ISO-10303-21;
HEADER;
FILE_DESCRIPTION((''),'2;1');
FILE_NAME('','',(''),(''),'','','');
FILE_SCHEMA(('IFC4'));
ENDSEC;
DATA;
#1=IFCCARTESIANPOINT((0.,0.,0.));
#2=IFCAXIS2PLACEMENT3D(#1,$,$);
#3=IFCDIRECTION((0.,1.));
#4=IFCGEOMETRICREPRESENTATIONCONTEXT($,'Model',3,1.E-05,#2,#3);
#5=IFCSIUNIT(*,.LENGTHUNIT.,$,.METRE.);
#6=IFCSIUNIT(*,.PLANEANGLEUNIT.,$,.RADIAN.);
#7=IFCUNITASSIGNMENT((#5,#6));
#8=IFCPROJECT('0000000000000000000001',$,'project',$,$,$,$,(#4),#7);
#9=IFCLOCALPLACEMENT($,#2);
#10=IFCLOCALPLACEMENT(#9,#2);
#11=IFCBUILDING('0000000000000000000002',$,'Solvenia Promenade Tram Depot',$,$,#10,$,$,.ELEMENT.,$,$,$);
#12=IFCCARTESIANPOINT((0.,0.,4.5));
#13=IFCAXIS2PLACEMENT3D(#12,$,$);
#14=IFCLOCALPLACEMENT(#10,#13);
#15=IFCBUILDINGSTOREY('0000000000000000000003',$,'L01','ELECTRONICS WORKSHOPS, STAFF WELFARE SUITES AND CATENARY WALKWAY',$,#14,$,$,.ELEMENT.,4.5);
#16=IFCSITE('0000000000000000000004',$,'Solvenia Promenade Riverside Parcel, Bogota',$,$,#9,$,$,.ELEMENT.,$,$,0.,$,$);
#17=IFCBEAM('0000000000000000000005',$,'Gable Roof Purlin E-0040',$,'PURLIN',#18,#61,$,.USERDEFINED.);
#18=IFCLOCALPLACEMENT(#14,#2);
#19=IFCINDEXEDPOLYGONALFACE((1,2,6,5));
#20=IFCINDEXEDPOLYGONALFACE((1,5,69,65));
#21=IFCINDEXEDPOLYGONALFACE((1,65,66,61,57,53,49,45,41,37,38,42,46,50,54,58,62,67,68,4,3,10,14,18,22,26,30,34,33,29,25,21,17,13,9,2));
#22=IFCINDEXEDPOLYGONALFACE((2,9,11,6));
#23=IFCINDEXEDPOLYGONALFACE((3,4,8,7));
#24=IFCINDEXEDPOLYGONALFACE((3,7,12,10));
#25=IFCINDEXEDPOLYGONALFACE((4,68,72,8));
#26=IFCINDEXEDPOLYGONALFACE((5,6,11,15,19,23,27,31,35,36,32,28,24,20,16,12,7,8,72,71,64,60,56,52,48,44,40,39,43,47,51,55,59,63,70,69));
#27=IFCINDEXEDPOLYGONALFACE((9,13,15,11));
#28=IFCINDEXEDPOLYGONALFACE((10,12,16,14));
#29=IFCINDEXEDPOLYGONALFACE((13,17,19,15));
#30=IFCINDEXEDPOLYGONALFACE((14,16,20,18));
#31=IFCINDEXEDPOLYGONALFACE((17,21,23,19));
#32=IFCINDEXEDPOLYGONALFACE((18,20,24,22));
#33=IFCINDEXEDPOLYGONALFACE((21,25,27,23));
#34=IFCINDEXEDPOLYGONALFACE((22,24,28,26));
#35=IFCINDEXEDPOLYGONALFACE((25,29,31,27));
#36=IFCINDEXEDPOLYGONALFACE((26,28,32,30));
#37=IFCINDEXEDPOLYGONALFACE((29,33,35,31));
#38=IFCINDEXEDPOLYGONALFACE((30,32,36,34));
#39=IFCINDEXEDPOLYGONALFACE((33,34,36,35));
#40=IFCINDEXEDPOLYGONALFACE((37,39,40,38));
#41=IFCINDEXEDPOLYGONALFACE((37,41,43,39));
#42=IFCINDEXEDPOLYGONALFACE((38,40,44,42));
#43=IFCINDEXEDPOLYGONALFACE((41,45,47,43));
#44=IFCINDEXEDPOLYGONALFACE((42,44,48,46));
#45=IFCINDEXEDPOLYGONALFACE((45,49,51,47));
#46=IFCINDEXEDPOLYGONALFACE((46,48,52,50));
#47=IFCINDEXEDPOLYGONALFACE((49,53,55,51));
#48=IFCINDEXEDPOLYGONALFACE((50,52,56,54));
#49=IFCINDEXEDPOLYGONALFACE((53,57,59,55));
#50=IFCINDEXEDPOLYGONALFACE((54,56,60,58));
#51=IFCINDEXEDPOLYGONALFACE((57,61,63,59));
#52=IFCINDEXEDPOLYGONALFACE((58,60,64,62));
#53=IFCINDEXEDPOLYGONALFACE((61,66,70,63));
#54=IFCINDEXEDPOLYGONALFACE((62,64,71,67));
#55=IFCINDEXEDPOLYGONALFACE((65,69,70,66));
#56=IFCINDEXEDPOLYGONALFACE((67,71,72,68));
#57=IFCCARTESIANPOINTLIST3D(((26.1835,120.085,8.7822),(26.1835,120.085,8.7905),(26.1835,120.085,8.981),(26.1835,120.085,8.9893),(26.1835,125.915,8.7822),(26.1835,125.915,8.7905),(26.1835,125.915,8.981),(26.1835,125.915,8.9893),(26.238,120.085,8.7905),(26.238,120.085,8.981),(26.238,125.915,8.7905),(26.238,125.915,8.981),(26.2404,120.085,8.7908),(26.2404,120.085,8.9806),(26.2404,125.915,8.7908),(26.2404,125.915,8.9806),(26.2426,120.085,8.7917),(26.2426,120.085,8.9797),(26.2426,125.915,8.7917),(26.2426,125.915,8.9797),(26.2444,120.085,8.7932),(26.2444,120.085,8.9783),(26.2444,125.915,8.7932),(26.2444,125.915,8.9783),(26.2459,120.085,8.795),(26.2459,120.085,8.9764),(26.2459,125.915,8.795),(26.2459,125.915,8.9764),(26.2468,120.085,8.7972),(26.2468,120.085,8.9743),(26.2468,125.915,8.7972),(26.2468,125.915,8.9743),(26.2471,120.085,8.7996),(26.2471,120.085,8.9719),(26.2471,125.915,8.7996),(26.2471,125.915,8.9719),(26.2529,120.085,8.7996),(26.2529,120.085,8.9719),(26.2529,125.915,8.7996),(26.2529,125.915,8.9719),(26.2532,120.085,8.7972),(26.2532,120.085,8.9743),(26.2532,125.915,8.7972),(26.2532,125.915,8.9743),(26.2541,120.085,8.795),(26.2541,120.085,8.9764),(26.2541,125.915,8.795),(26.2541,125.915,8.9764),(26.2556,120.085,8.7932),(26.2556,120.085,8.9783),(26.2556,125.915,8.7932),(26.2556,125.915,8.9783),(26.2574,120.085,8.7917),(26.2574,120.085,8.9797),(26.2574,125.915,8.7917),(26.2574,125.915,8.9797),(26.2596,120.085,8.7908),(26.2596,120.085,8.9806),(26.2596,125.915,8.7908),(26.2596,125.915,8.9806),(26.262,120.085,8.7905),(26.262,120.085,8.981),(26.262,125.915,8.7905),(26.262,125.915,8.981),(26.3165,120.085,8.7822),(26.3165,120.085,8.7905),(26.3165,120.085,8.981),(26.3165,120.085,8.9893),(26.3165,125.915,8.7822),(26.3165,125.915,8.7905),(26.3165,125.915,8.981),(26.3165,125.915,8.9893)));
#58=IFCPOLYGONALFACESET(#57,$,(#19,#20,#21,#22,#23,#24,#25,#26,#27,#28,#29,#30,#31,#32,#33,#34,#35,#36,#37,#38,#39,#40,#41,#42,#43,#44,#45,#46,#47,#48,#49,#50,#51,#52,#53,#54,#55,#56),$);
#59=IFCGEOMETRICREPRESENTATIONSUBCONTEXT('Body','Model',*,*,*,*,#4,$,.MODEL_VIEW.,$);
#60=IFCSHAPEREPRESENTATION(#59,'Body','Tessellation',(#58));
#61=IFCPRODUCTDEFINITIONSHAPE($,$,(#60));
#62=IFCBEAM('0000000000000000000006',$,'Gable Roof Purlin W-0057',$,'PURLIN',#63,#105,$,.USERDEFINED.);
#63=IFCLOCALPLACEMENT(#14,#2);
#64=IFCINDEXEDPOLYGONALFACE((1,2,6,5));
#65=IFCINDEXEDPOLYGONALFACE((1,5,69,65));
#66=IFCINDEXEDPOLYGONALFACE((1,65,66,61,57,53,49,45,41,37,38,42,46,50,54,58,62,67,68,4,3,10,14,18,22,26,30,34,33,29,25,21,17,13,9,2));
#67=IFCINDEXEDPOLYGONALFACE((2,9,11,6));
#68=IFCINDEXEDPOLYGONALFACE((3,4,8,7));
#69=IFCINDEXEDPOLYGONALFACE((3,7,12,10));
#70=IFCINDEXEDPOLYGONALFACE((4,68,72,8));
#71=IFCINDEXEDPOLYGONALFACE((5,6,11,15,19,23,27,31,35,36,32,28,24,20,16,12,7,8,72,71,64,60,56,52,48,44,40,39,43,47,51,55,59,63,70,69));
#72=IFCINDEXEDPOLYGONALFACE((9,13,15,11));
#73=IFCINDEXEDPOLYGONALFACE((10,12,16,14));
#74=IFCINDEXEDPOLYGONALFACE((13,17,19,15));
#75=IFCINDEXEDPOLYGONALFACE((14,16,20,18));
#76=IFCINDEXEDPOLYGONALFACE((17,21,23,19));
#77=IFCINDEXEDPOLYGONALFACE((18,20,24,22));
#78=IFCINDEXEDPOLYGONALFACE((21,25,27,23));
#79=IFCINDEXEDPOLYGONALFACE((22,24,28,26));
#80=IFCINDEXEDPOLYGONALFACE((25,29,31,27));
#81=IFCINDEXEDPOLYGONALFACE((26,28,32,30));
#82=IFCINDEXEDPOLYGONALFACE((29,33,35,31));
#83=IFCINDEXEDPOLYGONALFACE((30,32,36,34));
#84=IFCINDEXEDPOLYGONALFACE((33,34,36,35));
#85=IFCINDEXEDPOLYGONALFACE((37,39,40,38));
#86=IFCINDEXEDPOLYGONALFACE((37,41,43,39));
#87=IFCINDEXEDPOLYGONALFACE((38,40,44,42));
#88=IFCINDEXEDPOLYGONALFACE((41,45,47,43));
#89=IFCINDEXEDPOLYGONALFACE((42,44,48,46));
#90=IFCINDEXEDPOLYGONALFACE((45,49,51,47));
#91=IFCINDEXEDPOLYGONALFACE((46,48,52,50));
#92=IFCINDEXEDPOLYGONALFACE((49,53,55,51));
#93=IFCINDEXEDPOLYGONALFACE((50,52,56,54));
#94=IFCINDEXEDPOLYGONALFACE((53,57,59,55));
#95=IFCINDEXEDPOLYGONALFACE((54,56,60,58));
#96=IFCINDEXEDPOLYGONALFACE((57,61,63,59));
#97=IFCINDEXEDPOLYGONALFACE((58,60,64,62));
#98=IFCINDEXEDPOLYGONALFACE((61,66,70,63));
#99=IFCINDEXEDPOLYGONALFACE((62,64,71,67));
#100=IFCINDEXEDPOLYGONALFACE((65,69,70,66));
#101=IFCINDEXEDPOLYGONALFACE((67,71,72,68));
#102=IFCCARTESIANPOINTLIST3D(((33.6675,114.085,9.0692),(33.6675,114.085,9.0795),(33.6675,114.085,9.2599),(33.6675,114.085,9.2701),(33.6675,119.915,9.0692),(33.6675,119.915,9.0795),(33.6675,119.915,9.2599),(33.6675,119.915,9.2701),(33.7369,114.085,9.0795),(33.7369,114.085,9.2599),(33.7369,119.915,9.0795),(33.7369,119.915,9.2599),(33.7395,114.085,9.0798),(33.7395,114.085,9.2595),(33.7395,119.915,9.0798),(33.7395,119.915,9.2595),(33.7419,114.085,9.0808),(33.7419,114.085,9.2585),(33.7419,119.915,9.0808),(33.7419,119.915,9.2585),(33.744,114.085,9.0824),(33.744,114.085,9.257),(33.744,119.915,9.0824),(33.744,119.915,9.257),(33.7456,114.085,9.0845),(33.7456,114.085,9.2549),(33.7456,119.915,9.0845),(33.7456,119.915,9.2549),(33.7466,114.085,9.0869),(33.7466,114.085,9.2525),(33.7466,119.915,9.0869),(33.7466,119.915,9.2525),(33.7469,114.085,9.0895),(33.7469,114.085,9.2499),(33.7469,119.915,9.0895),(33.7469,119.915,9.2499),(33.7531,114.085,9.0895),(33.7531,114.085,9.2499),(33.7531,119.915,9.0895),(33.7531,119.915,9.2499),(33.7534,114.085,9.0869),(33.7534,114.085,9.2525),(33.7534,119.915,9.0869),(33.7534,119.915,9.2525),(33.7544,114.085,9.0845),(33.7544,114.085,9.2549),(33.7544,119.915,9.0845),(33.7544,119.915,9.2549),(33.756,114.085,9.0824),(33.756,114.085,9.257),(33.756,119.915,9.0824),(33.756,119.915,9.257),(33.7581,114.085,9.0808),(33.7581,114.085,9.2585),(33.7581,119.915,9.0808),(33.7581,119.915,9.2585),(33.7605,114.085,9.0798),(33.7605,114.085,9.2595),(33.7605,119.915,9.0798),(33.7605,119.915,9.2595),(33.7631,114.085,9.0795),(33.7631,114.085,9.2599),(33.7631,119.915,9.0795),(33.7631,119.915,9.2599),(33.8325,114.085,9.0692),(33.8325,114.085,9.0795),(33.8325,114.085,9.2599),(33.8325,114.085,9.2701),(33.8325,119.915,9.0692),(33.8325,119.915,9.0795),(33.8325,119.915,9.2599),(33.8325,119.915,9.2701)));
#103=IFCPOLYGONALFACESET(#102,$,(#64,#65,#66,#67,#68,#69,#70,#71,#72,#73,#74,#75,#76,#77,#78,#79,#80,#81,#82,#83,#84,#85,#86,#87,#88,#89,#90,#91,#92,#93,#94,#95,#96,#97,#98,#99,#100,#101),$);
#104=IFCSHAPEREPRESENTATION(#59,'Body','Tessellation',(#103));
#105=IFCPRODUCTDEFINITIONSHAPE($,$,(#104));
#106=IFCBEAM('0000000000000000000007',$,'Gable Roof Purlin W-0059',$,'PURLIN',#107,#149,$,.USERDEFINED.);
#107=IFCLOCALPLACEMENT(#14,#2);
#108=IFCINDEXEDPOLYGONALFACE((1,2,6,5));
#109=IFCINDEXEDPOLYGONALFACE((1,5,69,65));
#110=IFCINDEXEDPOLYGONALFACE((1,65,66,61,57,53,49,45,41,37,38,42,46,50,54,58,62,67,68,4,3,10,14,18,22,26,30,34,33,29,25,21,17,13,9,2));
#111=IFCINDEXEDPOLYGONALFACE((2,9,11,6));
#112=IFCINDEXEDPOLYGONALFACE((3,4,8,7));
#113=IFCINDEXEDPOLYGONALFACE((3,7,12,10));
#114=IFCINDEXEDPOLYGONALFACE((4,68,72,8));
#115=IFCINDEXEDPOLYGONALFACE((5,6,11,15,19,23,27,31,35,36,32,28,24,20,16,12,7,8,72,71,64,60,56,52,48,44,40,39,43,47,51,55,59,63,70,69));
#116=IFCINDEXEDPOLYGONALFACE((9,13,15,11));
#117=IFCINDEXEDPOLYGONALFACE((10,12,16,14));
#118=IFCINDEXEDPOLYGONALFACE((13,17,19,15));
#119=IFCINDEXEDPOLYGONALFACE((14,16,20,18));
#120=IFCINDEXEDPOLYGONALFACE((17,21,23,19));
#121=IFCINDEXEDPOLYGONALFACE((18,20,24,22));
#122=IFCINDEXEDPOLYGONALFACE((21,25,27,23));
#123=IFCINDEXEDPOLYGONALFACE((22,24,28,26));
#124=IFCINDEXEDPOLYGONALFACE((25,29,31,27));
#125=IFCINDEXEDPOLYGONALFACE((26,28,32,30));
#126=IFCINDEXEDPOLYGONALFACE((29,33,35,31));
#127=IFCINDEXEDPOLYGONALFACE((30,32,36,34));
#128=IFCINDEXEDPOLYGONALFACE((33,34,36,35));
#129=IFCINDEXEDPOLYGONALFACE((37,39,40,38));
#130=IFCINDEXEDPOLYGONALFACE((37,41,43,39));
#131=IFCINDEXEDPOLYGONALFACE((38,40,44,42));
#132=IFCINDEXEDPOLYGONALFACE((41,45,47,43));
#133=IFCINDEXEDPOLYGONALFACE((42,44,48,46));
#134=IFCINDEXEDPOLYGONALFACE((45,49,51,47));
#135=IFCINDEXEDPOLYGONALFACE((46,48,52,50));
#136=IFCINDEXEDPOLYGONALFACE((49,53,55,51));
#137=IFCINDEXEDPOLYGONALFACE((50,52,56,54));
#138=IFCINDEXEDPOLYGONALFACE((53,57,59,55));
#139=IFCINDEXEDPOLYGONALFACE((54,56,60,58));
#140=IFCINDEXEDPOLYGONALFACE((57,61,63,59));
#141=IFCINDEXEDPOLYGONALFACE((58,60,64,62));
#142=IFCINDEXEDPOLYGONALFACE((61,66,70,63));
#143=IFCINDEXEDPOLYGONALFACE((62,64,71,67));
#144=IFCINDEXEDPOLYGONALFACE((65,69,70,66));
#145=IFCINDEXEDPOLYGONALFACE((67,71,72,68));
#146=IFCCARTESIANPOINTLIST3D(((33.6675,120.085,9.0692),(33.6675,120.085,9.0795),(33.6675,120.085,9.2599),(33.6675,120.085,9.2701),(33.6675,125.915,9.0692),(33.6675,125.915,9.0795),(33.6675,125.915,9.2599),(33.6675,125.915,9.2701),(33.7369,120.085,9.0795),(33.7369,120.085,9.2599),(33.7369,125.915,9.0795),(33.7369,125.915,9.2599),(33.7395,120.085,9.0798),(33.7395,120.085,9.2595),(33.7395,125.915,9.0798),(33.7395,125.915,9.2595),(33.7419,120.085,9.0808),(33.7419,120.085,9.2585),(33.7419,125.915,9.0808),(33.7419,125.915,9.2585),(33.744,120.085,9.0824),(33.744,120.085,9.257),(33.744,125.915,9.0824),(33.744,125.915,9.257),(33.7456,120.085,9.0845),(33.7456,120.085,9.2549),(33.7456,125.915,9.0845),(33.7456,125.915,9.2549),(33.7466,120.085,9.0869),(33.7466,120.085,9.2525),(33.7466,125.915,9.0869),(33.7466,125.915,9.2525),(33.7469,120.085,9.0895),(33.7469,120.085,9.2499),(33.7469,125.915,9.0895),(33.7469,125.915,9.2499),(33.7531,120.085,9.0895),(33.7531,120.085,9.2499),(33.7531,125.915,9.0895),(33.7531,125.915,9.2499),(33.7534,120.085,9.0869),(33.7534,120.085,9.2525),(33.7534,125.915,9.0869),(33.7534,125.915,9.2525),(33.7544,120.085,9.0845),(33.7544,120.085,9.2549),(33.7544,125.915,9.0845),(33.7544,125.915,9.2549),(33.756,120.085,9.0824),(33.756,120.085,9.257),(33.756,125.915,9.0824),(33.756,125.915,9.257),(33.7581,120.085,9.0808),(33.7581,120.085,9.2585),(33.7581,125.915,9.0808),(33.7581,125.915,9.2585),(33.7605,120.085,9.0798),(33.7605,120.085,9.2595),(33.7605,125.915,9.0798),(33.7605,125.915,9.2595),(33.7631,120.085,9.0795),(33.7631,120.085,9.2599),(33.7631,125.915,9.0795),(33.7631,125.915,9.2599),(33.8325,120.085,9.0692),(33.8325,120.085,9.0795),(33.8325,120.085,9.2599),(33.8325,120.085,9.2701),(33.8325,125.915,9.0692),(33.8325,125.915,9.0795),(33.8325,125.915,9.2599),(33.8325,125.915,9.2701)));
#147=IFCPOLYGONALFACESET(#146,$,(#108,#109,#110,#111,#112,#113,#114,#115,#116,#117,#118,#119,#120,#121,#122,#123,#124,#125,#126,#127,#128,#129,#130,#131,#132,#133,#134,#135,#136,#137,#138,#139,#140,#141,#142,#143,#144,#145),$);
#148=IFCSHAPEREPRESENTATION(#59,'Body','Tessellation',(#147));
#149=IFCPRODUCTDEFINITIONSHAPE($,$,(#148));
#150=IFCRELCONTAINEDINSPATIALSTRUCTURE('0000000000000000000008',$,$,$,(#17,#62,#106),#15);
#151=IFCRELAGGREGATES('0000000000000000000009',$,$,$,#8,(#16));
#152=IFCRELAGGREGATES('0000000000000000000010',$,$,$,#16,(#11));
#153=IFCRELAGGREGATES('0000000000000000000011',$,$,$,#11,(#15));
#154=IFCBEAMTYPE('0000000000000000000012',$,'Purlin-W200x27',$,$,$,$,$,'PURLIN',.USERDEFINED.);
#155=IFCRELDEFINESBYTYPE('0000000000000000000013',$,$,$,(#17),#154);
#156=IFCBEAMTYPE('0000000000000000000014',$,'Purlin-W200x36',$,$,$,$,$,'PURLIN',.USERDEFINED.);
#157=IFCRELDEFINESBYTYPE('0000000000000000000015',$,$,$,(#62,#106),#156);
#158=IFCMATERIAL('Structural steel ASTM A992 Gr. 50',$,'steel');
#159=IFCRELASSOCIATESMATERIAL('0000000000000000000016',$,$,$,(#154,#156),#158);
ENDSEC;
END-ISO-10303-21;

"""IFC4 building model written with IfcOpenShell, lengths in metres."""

from ifc_helpers import new_model, si_unit, direction, frame, origin, origin_2d, place, context, subcontext, project, spatial, i_section, extrude, material, material_profile, profile_set, type_object, element, save


model = new_model("IFC4")

# Units and contexts
model_context = context("Model", 3, precision=1e-05, world=origin(), true_north=direction((0.0, 1.0)))
body_context = subcontext(model_context, "Body", "Model", "MODEL_VIEW")
ifc_project = project(units=[si_unit("LENGTHUNIT", "METRE"), si_unit("PLANEANGLEUNIT", "RADIAN")], contexts=[model_context])

# Site, building, storey
site_placement = place(None, origin())
site = spatial("IfcSite", under=ifc_project, at=site_placement, Name="Solvenia Promenade Riverside Parcel, Bogota", CompositionType="ELEMENT", RefElevation=0.0)
building_placement = place(site_placement, origin())
building = spatial("IfcBuilding", under=site, at=building_placement, Name="Solvenia Promenade Tram Depot", CompositionType="ELEMENT")
storey_placement = place(building_placement, frame((0.0, 0.0, 4.5)))
storey = spatial("IfcBuildingStorey", under=building, at=storey_placement, Name="L01", Description="ELECTRONICS WORKSHOPS, STAFF WELFARE SUITES AND CATENARY WALKWAY", CompositionType="ELEMENT", Elevation=4.5)

# Beams
ifc_material_1 = material(Name="Structural steel ASTM A992 Gr. 50", Category="steel")
ifc_material_profile_1 = material_profile(ifc_material_1, i_section(OverallWidth=0.1331, OverallDepth=0.207, WebThickness=0.0059, FlangeThickness=0.0083, FilletRadius=0.009, at=origin_2d()), Name="W200x27", Category="steel")
ifc_profile_set_1 = profile_set([ifc_material_profile_1], Name="Structural steel ASTM A992 Gr. 50")
beam_type_1 = type_object("IfcBeamType", Name="Purlin-W200x27", ElementType="PURLIN", PredefinedType="USERDEFINED", material=ifc_profile_set_1)
for number, where, z_axis, x_axis, name in (
    (1, (26.25, 120.085, 8.8857), (0.0, 1.0, 0.0), (-1.0, 0.0, 0.0), "Gable Roof Purlin E-0040"),
):
    element("IfcBeam", number, at=place(storey_placement, frame(where, z_axis=z_axis, x_axis=x_axis)), inside=storey, type_object=beam_type_1, Name=name, ObjectType="PURLIN", PredefinedType="USERDEFINED", context=body_context, shape_type="SweptSolid", body=[
        extrude(i_section(OverallWidth=0.1331, OverallDepth=0.207, WebThickness=0.0059, FlangeThickness=0.0083, FilletRadius=0.009, at=origin_2d()), origin(), (0.0, 0.0, 1.0), 5.8301),
    ])
ifc_material_profile_2 = material_profile(ifc_material_1, i_section(OverallWidth=0.165, OverallDepth=0.2009, WebThickness=0.0061, FlangeThickness=0.0103, FilletRadius=0.01, at=origin_2d()), Name="W200x36", Category="steel")
ifc_profile_set_2 = profile_set([ifc_material_profile_2], Name="Structural steel ASTM A992 Gr. 50")
beam_type_2 = type_object("IfcBeamType", Name="Purlin-W200x36", ElementType="PURLIN", PredefinedType="USERDEFINED", material=ifc_profile_set_2)
for number, where, z_axis, x_axis, name in (
    (2, (33.75, 114.085, 9.1697), (0.0, 1.0, 0.0), (-1.0, 0.0, 0.0), "Gable Roof Purlin W-0057"),
    (3, (33.75, 120.085, 9.1697), (0.0, 1.0, 0.0), (-1.0, 0.0, 0.0), "Gable Roof Purlin W-0059"),
):
    element("IfcBeam", number, at=place(storey_placement, frame(where, z_axis=z_axis, x_axis=x_axis)), inside=storey, type_object=beam_type_2, Name=name, ObjectType="PURLIN", PredefinedType="USERDEFINED", context=body_context, shape_type="SweptSolid", body=[
        extrude(i_section(OverallWidth=0.165, OverallDepth=0.2009, WebThickness=0.0061, FlangeThickness=0.0103, FilletRadius=0.01, at=origin_2d()), origin(), (0.0, 0.0, 1.0), 5.8301),
    ])

save(model, "model.ifc")
